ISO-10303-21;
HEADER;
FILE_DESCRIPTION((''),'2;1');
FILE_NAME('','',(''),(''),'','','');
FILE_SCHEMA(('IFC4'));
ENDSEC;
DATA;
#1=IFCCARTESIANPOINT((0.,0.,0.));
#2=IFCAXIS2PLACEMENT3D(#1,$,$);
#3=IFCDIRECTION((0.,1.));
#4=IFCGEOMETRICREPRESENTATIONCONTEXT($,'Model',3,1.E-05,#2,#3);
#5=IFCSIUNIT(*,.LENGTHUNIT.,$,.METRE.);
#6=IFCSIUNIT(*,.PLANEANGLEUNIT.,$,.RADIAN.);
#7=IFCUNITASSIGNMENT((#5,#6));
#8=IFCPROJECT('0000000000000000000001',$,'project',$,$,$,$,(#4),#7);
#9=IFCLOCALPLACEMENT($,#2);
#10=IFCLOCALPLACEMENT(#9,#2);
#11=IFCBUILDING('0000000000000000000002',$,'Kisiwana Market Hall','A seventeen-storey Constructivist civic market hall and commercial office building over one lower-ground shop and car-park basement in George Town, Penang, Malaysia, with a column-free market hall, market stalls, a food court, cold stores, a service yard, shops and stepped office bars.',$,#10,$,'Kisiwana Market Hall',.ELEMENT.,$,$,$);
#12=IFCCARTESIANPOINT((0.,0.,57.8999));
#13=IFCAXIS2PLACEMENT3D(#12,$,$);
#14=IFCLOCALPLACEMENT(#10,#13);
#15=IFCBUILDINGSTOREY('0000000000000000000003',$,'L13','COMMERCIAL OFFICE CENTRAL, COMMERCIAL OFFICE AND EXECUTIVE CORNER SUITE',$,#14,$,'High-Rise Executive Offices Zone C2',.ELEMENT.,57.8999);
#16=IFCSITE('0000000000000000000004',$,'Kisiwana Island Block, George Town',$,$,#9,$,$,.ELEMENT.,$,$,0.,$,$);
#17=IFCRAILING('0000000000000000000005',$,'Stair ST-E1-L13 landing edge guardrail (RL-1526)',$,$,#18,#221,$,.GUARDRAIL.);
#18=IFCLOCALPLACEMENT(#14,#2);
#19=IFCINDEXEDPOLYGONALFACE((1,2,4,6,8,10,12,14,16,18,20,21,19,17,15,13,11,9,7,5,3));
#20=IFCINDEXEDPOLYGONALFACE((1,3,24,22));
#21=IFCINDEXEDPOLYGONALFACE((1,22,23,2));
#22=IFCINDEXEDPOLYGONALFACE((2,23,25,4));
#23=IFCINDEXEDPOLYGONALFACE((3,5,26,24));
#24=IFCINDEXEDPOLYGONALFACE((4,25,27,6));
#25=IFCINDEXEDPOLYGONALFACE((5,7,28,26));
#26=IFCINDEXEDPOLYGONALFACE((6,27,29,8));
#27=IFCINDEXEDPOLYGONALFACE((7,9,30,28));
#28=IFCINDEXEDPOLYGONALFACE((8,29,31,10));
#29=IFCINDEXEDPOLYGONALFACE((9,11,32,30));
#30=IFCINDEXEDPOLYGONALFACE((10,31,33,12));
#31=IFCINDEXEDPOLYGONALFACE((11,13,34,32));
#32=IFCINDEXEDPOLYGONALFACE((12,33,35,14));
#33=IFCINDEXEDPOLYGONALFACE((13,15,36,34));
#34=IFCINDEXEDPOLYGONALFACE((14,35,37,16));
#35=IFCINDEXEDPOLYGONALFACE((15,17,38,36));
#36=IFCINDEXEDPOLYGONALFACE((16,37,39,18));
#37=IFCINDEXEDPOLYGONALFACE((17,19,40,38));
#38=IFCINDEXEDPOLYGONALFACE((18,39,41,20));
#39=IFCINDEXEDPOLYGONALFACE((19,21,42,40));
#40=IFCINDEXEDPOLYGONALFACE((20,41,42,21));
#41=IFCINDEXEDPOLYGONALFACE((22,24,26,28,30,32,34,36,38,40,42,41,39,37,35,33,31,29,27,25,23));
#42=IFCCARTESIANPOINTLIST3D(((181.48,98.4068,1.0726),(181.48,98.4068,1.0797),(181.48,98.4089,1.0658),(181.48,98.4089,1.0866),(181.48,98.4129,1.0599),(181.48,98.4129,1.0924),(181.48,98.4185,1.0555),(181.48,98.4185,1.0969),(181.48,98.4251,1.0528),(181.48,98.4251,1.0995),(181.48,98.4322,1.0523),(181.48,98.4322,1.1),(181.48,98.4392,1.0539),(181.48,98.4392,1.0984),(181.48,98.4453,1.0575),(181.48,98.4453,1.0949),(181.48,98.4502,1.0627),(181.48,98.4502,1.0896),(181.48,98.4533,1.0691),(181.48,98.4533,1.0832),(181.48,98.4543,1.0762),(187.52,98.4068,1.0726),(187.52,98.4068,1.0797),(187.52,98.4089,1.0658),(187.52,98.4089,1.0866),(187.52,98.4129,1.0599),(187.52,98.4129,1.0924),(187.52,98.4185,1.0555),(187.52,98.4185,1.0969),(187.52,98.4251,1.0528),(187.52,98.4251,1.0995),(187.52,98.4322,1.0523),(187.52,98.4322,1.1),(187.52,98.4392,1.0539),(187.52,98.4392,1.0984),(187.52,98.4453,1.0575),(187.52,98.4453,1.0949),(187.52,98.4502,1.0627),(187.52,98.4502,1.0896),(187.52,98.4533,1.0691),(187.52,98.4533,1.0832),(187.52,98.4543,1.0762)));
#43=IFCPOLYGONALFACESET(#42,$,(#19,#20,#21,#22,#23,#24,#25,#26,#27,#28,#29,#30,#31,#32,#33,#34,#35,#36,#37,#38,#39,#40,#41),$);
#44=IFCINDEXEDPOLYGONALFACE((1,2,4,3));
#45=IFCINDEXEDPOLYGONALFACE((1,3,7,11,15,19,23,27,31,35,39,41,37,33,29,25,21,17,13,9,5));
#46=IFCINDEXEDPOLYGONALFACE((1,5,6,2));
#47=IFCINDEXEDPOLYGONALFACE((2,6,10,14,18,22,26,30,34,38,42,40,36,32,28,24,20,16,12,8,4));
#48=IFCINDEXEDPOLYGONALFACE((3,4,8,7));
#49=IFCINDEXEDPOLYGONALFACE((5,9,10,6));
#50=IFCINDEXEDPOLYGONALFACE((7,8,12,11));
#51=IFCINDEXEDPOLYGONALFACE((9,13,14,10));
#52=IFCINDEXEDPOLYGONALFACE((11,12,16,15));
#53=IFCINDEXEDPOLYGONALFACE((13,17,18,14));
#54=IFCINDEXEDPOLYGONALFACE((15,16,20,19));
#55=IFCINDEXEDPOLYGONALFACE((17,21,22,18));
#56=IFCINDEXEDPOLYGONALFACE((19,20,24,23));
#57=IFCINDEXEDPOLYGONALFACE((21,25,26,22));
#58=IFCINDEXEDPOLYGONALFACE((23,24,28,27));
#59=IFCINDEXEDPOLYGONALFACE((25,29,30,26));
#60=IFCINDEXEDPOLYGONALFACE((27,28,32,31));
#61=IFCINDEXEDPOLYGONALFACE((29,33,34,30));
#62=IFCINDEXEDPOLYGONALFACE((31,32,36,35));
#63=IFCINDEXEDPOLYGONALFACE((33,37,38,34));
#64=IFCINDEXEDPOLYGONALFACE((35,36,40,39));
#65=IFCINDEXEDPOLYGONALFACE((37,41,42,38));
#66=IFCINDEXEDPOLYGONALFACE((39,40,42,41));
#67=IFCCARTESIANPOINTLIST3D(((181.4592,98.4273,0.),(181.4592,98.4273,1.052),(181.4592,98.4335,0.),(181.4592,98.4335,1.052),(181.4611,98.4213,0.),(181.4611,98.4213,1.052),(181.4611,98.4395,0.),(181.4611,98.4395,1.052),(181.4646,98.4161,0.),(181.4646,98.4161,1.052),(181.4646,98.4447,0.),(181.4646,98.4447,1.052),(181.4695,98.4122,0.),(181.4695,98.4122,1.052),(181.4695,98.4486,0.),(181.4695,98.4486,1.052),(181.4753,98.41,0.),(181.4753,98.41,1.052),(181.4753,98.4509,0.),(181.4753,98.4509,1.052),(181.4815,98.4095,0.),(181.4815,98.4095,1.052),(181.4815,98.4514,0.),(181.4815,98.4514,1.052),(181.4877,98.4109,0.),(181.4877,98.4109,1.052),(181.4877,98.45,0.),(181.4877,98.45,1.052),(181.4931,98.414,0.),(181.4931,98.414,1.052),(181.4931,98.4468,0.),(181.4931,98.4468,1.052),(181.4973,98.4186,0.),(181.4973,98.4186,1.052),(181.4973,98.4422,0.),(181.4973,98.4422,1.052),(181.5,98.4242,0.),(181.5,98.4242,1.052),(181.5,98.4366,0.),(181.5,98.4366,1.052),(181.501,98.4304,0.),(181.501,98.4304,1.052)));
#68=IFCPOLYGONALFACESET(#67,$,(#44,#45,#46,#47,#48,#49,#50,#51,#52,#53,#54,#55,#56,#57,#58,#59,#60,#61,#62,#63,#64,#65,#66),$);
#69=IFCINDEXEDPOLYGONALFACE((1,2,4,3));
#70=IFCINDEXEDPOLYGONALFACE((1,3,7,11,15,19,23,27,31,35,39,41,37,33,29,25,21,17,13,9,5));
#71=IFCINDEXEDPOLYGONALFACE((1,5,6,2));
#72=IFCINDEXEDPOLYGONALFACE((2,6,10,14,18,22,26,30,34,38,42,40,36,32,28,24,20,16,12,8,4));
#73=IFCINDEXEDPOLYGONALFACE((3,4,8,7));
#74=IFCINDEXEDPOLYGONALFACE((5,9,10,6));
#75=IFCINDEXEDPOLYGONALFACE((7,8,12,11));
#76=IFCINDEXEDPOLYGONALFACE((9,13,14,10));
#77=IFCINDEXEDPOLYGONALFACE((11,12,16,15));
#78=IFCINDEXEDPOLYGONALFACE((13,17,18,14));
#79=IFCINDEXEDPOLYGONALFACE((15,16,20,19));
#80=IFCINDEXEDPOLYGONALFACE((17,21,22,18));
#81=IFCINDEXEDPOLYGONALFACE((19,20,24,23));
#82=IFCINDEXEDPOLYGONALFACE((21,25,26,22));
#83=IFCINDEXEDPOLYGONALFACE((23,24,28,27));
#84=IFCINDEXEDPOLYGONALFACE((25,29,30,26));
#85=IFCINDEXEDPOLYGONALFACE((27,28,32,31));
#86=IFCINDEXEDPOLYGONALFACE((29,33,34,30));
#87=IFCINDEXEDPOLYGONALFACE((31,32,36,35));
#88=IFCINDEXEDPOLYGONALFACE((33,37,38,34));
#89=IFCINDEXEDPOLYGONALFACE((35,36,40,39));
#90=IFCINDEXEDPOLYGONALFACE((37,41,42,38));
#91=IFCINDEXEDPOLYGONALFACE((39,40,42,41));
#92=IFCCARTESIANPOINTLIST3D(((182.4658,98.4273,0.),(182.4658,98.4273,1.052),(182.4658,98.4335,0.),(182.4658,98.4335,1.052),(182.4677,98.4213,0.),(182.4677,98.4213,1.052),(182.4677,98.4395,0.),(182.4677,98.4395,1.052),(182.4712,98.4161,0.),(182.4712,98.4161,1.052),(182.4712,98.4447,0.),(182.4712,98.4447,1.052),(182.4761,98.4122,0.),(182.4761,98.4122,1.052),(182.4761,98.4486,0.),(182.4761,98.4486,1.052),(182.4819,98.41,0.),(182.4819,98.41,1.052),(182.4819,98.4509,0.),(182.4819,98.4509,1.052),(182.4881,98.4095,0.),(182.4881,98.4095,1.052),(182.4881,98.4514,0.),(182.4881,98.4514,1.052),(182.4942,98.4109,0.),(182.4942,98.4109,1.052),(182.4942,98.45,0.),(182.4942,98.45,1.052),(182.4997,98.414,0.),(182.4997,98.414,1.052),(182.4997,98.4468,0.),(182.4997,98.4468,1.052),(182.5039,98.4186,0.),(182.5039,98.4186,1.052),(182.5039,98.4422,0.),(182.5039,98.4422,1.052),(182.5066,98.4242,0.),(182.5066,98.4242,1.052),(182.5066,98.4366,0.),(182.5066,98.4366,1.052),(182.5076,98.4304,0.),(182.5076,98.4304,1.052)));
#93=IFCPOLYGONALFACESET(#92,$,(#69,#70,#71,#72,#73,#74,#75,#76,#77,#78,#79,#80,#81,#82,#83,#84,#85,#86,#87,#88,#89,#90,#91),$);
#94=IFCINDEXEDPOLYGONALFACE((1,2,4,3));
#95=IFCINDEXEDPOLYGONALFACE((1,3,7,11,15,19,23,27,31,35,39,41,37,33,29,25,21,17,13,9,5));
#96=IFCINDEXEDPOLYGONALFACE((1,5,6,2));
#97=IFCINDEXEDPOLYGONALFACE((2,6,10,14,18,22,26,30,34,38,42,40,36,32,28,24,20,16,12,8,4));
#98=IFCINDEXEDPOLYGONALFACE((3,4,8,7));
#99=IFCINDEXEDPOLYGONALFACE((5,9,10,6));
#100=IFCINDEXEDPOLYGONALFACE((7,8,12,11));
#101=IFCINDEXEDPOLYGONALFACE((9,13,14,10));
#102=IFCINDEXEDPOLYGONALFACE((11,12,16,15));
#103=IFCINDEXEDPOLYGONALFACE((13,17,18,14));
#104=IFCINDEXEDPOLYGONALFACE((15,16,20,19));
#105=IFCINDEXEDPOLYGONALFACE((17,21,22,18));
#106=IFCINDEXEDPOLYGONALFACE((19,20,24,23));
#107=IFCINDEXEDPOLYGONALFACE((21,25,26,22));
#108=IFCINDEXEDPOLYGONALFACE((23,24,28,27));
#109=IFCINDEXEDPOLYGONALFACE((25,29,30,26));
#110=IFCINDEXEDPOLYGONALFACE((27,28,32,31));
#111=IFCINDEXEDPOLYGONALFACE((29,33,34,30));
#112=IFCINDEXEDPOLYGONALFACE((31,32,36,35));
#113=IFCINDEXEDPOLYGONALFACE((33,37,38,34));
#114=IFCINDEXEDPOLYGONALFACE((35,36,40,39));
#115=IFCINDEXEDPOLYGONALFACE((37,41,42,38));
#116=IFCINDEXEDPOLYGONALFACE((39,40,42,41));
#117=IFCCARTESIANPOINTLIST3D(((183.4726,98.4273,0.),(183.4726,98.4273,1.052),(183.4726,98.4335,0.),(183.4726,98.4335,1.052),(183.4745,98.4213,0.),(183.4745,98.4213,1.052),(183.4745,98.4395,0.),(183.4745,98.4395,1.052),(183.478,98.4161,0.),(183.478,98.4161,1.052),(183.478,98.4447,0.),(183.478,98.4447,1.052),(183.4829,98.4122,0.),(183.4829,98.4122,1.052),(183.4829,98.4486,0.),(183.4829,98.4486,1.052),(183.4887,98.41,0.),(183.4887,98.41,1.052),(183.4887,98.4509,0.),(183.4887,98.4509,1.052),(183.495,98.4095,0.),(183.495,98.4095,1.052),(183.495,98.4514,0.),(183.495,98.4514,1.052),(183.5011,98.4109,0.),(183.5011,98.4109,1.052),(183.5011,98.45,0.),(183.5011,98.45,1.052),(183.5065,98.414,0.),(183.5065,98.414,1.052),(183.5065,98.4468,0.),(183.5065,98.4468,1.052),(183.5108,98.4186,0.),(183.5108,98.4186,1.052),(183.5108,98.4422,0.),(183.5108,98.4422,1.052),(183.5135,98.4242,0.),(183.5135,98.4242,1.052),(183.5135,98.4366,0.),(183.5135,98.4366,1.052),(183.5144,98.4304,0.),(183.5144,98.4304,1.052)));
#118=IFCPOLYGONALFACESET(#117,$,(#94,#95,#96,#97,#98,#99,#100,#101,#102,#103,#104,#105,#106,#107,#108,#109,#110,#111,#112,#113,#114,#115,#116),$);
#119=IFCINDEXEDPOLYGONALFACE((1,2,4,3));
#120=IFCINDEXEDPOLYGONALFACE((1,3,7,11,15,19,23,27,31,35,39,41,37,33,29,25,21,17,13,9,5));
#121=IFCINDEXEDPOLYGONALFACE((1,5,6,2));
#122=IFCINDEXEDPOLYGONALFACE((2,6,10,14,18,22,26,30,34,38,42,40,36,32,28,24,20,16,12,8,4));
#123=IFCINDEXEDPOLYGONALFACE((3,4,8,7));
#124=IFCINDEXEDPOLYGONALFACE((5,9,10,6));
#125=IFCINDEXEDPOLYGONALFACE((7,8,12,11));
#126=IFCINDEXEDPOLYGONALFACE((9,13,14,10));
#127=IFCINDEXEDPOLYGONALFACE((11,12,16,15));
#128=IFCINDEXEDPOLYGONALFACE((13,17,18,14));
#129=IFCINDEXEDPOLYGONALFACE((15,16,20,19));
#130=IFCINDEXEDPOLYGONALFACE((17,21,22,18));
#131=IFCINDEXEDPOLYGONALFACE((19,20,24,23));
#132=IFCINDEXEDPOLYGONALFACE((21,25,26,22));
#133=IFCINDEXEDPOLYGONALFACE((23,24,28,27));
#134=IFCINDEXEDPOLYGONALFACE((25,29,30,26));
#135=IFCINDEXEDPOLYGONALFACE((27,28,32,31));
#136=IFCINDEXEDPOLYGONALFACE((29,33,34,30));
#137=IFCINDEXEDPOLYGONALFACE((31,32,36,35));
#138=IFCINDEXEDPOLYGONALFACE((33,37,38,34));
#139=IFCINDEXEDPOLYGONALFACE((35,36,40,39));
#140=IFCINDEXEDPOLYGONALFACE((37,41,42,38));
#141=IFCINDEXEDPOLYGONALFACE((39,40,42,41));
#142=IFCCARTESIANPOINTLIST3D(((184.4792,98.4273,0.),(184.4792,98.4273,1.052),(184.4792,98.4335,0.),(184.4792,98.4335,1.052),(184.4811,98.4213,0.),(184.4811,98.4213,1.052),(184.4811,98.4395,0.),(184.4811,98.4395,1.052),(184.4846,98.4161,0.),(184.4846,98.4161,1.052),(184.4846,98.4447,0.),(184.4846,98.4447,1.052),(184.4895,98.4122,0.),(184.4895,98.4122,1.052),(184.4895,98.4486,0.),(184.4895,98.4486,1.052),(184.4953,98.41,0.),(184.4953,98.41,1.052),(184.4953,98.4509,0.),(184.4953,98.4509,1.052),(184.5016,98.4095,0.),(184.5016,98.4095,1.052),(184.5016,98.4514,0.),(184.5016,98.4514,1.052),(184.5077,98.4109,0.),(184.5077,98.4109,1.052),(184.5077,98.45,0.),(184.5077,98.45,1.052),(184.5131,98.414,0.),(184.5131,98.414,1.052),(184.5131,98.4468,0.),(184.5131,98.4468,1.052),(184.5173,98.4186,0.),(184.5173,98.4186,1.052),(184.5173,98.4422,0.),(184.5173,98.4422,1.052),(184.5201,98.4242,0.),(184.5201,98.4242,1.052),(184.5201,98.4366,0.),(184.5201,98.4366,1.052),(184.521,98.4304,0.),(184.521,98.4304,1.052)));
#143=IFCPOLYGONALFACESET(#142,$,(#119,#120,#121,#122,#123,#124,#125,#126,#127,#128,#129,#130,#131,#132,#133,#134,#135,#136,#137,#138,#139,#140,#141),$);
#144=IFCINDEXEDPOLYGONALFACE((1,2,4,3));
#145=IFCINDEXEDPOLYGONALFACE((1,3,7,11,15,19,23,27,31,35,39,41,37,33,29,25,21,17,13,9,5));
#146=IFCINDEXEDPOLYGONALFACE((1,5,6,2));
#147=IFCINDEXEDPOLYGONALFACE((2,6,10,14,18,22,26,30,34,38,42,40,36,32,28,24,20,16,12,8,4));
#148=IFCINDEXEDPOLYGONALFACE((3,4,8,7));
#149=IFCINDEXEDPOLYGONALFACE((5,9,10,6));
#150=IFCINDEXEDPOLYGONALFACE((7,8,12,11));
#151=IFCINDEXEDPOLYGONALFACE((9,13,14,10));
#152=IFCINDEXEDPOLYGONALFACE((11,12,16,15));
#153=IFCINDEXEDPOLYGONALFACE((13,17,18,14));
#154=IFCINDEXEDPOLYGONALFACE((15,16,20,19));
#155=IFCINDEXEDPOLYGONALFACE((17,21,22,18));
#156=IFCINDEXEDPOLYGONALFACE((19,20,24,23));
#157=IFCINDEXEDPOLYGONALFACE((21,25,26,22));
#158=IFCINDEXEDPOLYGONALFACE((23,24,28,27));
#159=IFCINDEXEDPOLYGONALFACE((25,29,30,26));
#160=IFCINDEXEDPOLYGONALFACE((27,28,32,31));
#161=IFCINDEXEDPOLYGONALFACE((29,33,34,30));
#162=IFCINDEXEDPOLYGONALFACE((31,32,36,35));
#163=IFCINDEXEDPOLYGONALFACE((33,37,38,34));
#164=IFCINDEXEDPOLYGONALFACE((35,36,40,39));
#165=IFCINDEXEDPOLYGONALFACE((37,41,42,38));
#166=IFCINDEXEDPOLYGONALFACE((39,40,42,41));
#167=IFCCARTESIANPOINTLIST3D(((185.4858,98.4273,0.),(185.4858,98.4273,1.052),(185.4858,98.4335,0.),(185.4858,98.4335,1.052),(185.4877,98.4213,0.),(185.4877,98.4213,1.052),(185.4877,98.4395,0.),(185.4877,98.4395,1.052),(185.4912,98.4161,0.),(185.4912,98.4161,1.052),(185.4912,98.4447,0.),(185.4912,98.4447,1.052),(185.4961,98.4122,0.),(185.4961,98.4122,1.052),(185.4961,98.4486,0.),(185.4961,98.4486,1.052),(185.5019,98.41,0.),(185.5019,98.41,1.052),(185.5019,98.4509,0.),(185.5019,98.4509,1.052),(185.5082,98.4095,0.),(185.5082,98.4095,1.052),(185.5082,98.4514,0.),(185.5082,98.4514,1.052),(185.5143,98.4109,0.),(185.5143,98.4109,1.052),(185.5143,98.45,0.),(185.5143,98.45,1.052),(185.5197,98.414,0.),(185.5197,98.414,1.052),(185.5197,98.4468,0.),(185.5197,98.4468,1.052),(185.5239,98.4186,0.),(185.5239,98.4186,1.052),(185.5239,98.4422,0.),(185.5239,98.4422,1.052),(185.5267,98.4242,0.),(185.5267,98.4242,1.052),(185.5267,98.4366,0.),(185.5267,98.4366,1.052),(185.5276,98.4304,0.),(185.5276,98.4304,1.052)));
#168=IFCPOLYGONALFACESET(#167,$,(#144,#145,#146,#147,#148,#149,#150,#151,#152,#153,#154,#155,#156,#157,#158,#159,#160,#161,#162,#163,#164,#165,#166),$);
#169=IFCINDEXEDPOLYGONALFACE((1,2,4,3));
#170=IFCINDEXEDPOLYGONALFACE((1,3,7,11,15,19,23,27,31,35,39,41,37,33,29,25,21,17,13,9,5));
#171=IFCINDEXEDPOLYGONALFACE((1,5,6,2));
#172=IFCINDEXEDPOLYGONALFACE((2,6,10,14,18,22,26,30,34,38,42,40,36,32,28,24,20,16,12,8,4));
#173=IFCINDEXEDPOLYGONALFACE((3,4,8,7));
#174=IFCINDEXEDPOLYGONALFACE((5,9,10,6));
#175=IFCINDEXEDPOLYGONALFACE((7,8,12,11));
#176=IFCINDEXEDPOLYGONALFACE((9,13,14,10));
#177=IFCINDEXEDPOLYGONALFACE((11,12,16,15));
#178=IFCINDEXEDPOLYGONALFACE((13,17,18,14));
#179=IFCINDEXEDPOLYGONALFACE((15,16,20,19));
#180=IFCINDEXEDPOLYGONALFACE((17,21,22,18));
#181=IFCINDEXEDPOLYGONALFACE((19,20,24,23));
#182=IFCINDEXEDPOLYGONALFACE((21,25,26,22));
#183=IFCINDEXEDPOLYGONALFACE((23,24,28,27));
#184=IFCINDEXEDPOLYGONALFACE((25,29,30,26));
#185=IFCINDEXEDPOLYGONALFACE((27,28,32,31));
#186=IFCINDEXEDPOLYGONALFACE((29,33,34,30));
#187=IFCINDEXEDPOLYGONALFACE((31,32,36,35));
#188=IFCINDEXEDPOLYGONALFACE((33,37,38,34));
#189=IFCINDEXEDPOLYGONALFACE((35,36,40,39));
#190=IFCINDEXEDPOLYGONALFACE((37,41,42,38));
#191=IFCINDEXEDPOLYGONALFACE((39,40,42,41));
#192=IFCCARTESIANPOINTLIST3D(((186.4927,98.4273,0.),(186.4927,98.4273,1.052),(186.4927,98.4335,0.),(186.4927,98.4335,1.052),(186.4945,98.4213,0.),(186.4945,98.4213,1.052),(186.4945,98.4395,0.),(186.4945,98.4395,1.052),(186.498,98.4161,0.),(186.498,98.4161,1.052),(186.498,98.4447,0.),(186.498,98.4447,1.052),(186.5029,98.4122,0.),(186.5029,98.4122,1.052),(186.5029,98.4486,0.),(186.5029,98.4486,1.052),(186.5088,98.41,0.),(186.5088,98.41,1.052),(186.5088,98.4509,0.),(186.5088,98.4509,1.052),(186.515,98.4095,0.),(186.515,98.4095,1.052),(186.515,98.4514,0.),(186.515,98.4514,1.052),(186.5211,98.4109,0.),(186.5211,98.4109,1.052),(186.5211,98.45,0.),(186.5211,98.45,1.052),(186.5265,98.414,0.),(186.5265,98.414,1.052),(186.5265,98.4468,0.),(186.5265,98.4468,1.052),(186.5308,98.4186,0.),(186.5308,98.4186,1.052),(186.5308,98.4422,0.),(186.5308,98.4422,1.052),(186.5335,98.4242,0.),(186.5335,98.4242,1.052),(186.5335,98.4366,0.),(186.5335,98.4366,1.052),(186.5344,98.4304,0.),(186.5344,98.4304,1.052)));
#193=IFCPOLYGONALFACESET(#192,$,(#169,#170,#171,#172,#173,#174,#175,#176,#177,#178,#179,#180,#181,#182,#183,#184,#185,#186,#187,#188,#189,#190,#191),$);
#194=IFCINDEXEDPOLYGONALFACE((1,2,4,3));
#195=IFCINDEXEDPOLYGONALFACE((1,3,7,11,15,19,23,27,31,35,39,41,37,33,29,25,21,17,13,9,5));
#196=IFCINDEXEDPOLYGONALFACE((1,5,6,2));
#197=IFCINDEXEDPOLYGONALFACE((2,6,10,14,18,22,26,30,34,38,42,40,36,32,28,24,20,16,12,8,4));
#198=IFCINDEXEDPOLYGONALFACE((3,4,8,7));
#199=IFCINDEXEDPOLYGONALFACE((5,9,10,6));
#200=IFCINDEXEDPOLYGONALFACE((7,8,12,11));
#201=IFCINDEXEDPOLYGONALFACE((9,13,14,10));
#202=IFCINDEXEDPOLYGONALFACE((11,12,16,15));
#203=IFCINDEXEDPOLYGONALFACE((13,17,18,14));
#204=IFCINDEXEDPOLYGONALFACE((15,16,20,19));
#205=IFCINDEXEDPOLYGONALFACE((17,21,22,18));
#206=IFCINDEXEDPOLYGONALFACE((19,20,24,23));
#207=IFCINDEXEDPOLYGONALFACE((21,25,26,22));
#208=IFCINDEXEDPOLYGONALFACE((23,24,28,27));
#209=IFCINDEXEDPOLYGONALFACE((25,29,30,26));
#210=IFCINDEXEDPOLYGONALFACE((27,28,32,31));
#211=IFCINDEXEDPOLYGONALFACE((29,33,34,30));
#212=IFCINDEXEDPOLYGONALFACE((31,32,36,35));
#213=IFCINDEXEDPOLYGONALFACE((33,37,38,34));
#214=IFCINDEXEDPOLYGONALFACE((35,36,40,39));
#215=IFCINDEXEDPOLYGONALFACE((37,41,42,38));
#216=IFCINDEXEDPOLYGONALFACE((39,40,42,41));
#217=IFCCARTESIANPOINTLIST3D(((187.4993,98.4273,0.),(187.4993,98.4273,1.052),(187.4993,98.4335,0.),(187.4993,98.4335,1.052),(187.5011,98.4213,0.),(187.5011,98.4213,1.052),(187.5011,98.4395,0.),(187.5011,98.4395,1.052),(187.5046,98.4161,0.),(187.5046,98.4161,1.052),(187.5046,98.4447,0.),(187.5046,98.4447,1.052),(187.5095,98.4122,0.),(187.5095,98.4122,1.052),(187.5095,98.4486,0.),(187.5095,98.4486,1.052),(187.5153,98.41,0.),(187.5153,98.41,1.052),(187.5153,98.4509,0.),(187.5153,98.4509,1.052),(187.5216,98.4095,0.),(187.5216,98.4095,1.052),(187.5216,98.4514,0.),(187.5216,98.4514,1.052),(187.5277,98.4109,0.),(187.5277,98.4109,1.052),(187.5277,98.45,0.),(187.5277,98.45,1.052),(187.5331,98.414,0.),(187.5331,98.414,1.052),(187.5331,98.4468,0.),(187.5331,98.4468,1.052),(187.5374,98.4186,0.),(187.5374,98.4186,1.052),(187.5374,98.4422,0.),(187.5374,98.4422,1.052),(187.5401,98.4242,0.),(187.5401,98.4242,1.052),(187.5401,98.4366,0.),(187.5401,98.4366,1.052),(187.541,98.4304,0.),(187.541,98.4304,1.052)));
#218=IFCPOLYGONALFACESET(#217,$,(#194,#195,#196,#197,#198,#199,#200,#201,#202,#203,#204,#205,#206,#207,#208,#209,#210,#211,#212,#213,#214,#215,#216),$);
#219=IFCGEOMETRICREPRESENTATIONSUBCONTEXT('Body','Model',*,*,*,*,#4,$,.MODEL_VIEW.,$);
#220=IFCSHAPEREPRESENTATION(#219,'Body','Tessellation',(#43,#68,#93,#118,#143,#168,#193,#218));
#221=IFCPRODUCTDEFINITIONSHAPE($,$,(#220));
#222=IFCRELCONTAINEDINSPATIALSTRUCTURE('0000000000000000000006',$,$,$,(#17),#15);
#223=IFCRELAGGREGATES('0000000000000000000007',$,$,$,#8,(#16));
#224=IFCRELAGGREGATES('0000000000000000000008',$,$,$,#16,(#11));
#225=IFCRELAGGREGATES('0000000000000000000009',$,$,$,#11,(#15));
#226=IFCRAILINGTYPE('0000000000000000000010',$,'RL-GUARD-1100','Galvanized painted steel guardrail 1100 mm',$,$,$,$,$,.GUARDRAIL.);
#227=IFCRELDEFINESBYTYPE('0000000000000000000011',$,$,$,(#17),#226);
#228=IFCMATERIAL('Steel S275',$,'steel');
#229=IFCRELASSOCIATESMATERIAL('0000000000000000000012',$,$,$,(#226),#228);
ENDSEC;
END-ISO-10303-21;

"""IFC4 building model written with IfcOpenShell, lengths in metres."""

from ifc_helpers import new_model, si_unit, direction, frame, origin, origin_2d, place, context, subcontext, project, spatial, circle, extrude, material, type_object, element, save


model = new_model("IFC4")

# Units and contexts
model_context = context("Model", 3, precision=1e-05, world=origin(), true_north=direction((0.0, 1.0)))
body_context = subcontext(model_context, "Body", "Model", "MODEL_VIEW")
ifc_project = project(units=[si_unit("LENGTHUNIT", "METRE"), si_unit("PLANEANGLEUNIT", "RADIAN")], contexts=[model_context])

# Site, building, storey
site_placement = place(None, origin())
site = spatial("IfcSite", under=ifc_project, at=site_placement, Name="Kisiwana Island Block, George Town", CompositionType="ELEMENT", RefElevation=0.0)
building_placement = place(site_placement, origin())
building = spatial("IfcBuilding", under=site, at=building_placement, Name="Kisiwana Market Hall", Description="A seventeen-storey Constructivist civic market hall and commercial office building over one lower-ground shop and car-park basement in George Town, Penang, Malaysia, with a column-free market hall, market stalls, a food court, cold stores, a service yard, shops and stepped office bars.", LongName="Kisiwana Market Hall", CompositionType="ELEMENT")
storey_placement = place(building_placement, frame((0.0, 0.0, 57.8999)))
storey = spatial("IfcBuildingStorey", under=building, at=storey_placement, Name="L13", Description="COMMERCIAL OFFICE CENTRAL, COMMERCIAL OFFICE AND EXECUTIVE CORNER SUITE", LongName="High-Rise Executive Offices Zone C2", CompositionType="ELEMENT", Elevation=57.8999)

# Railing
ifc_material_1 = material(Name="Steel S275", Category="steel")
railing_type_1 = type_object("IfcRailingType", Name="RL-GUARD-1100", Description="Galvanized painted steel guardrail 1100 mm", PredefinedType="GUARDRAIL", material=ifc_material_1)
railing_1_placement = place(storey_placement, frame((181.48, 98.4304, 0.0)))
element("IfcRailing", 1, at=railing_1_placement, inside=storey, type_object=railing_type_1, Name="Stair ST-E1-L13 landing edge guardrail (RL-1526)", PredefinedType="GUARDRAIL", context=body_context, shape_type="SweptSolid", body=[
    extrude(circle(Radius=0.0239, at=origin_2d()), frame((0.0, 0.0, 1.0762), z_axis=(1.0, 0.0, 0.0), x_axis=(0.0, 1.0, 0.0)), (0.0, 0.0, 1.0), 6.04),
    extrude(circle(Radius=0.021, at=origin_2d()), origin(), (0.0, 0.0, 1.0), 1.052),
    extrude(circle(Radius=0.021, at=origin_2d()), frame((1.0066, 0.0, 0.0)), (0.0, 0.0, 1.0), 1.052),
    extrude(circle(Radius=0.021, at=origin_2d()), frame((2.0134, 0.0, 0.0)), (0.0, 0.0, 1.0), 1.052),
    extrude(circle(Radius=0.021, at=origin_2d()), frame((3.02, 0.0, 0.0)), (0.0, 0.0, 1.0), 1.052),
    extrude(circle(Radius=0.021, at=origin_2d()), frame((4.0266, 0.0, 0.0)), (0.0, 0.0, 1.0), 1.052),
    extrude(circle(Radius=0.021, at=origin_2d()), frame((5.0334, 0.0, 0.0)), (0.0, 0.0, 1.0), 1.052),
    extrude(circle(Radius=0.021, at=origin_2d()), frame((6.04, 0.0, 0.0)), (0.0, 0.0, 1.0), 1.052),
])

save(model, "model.ifc")
